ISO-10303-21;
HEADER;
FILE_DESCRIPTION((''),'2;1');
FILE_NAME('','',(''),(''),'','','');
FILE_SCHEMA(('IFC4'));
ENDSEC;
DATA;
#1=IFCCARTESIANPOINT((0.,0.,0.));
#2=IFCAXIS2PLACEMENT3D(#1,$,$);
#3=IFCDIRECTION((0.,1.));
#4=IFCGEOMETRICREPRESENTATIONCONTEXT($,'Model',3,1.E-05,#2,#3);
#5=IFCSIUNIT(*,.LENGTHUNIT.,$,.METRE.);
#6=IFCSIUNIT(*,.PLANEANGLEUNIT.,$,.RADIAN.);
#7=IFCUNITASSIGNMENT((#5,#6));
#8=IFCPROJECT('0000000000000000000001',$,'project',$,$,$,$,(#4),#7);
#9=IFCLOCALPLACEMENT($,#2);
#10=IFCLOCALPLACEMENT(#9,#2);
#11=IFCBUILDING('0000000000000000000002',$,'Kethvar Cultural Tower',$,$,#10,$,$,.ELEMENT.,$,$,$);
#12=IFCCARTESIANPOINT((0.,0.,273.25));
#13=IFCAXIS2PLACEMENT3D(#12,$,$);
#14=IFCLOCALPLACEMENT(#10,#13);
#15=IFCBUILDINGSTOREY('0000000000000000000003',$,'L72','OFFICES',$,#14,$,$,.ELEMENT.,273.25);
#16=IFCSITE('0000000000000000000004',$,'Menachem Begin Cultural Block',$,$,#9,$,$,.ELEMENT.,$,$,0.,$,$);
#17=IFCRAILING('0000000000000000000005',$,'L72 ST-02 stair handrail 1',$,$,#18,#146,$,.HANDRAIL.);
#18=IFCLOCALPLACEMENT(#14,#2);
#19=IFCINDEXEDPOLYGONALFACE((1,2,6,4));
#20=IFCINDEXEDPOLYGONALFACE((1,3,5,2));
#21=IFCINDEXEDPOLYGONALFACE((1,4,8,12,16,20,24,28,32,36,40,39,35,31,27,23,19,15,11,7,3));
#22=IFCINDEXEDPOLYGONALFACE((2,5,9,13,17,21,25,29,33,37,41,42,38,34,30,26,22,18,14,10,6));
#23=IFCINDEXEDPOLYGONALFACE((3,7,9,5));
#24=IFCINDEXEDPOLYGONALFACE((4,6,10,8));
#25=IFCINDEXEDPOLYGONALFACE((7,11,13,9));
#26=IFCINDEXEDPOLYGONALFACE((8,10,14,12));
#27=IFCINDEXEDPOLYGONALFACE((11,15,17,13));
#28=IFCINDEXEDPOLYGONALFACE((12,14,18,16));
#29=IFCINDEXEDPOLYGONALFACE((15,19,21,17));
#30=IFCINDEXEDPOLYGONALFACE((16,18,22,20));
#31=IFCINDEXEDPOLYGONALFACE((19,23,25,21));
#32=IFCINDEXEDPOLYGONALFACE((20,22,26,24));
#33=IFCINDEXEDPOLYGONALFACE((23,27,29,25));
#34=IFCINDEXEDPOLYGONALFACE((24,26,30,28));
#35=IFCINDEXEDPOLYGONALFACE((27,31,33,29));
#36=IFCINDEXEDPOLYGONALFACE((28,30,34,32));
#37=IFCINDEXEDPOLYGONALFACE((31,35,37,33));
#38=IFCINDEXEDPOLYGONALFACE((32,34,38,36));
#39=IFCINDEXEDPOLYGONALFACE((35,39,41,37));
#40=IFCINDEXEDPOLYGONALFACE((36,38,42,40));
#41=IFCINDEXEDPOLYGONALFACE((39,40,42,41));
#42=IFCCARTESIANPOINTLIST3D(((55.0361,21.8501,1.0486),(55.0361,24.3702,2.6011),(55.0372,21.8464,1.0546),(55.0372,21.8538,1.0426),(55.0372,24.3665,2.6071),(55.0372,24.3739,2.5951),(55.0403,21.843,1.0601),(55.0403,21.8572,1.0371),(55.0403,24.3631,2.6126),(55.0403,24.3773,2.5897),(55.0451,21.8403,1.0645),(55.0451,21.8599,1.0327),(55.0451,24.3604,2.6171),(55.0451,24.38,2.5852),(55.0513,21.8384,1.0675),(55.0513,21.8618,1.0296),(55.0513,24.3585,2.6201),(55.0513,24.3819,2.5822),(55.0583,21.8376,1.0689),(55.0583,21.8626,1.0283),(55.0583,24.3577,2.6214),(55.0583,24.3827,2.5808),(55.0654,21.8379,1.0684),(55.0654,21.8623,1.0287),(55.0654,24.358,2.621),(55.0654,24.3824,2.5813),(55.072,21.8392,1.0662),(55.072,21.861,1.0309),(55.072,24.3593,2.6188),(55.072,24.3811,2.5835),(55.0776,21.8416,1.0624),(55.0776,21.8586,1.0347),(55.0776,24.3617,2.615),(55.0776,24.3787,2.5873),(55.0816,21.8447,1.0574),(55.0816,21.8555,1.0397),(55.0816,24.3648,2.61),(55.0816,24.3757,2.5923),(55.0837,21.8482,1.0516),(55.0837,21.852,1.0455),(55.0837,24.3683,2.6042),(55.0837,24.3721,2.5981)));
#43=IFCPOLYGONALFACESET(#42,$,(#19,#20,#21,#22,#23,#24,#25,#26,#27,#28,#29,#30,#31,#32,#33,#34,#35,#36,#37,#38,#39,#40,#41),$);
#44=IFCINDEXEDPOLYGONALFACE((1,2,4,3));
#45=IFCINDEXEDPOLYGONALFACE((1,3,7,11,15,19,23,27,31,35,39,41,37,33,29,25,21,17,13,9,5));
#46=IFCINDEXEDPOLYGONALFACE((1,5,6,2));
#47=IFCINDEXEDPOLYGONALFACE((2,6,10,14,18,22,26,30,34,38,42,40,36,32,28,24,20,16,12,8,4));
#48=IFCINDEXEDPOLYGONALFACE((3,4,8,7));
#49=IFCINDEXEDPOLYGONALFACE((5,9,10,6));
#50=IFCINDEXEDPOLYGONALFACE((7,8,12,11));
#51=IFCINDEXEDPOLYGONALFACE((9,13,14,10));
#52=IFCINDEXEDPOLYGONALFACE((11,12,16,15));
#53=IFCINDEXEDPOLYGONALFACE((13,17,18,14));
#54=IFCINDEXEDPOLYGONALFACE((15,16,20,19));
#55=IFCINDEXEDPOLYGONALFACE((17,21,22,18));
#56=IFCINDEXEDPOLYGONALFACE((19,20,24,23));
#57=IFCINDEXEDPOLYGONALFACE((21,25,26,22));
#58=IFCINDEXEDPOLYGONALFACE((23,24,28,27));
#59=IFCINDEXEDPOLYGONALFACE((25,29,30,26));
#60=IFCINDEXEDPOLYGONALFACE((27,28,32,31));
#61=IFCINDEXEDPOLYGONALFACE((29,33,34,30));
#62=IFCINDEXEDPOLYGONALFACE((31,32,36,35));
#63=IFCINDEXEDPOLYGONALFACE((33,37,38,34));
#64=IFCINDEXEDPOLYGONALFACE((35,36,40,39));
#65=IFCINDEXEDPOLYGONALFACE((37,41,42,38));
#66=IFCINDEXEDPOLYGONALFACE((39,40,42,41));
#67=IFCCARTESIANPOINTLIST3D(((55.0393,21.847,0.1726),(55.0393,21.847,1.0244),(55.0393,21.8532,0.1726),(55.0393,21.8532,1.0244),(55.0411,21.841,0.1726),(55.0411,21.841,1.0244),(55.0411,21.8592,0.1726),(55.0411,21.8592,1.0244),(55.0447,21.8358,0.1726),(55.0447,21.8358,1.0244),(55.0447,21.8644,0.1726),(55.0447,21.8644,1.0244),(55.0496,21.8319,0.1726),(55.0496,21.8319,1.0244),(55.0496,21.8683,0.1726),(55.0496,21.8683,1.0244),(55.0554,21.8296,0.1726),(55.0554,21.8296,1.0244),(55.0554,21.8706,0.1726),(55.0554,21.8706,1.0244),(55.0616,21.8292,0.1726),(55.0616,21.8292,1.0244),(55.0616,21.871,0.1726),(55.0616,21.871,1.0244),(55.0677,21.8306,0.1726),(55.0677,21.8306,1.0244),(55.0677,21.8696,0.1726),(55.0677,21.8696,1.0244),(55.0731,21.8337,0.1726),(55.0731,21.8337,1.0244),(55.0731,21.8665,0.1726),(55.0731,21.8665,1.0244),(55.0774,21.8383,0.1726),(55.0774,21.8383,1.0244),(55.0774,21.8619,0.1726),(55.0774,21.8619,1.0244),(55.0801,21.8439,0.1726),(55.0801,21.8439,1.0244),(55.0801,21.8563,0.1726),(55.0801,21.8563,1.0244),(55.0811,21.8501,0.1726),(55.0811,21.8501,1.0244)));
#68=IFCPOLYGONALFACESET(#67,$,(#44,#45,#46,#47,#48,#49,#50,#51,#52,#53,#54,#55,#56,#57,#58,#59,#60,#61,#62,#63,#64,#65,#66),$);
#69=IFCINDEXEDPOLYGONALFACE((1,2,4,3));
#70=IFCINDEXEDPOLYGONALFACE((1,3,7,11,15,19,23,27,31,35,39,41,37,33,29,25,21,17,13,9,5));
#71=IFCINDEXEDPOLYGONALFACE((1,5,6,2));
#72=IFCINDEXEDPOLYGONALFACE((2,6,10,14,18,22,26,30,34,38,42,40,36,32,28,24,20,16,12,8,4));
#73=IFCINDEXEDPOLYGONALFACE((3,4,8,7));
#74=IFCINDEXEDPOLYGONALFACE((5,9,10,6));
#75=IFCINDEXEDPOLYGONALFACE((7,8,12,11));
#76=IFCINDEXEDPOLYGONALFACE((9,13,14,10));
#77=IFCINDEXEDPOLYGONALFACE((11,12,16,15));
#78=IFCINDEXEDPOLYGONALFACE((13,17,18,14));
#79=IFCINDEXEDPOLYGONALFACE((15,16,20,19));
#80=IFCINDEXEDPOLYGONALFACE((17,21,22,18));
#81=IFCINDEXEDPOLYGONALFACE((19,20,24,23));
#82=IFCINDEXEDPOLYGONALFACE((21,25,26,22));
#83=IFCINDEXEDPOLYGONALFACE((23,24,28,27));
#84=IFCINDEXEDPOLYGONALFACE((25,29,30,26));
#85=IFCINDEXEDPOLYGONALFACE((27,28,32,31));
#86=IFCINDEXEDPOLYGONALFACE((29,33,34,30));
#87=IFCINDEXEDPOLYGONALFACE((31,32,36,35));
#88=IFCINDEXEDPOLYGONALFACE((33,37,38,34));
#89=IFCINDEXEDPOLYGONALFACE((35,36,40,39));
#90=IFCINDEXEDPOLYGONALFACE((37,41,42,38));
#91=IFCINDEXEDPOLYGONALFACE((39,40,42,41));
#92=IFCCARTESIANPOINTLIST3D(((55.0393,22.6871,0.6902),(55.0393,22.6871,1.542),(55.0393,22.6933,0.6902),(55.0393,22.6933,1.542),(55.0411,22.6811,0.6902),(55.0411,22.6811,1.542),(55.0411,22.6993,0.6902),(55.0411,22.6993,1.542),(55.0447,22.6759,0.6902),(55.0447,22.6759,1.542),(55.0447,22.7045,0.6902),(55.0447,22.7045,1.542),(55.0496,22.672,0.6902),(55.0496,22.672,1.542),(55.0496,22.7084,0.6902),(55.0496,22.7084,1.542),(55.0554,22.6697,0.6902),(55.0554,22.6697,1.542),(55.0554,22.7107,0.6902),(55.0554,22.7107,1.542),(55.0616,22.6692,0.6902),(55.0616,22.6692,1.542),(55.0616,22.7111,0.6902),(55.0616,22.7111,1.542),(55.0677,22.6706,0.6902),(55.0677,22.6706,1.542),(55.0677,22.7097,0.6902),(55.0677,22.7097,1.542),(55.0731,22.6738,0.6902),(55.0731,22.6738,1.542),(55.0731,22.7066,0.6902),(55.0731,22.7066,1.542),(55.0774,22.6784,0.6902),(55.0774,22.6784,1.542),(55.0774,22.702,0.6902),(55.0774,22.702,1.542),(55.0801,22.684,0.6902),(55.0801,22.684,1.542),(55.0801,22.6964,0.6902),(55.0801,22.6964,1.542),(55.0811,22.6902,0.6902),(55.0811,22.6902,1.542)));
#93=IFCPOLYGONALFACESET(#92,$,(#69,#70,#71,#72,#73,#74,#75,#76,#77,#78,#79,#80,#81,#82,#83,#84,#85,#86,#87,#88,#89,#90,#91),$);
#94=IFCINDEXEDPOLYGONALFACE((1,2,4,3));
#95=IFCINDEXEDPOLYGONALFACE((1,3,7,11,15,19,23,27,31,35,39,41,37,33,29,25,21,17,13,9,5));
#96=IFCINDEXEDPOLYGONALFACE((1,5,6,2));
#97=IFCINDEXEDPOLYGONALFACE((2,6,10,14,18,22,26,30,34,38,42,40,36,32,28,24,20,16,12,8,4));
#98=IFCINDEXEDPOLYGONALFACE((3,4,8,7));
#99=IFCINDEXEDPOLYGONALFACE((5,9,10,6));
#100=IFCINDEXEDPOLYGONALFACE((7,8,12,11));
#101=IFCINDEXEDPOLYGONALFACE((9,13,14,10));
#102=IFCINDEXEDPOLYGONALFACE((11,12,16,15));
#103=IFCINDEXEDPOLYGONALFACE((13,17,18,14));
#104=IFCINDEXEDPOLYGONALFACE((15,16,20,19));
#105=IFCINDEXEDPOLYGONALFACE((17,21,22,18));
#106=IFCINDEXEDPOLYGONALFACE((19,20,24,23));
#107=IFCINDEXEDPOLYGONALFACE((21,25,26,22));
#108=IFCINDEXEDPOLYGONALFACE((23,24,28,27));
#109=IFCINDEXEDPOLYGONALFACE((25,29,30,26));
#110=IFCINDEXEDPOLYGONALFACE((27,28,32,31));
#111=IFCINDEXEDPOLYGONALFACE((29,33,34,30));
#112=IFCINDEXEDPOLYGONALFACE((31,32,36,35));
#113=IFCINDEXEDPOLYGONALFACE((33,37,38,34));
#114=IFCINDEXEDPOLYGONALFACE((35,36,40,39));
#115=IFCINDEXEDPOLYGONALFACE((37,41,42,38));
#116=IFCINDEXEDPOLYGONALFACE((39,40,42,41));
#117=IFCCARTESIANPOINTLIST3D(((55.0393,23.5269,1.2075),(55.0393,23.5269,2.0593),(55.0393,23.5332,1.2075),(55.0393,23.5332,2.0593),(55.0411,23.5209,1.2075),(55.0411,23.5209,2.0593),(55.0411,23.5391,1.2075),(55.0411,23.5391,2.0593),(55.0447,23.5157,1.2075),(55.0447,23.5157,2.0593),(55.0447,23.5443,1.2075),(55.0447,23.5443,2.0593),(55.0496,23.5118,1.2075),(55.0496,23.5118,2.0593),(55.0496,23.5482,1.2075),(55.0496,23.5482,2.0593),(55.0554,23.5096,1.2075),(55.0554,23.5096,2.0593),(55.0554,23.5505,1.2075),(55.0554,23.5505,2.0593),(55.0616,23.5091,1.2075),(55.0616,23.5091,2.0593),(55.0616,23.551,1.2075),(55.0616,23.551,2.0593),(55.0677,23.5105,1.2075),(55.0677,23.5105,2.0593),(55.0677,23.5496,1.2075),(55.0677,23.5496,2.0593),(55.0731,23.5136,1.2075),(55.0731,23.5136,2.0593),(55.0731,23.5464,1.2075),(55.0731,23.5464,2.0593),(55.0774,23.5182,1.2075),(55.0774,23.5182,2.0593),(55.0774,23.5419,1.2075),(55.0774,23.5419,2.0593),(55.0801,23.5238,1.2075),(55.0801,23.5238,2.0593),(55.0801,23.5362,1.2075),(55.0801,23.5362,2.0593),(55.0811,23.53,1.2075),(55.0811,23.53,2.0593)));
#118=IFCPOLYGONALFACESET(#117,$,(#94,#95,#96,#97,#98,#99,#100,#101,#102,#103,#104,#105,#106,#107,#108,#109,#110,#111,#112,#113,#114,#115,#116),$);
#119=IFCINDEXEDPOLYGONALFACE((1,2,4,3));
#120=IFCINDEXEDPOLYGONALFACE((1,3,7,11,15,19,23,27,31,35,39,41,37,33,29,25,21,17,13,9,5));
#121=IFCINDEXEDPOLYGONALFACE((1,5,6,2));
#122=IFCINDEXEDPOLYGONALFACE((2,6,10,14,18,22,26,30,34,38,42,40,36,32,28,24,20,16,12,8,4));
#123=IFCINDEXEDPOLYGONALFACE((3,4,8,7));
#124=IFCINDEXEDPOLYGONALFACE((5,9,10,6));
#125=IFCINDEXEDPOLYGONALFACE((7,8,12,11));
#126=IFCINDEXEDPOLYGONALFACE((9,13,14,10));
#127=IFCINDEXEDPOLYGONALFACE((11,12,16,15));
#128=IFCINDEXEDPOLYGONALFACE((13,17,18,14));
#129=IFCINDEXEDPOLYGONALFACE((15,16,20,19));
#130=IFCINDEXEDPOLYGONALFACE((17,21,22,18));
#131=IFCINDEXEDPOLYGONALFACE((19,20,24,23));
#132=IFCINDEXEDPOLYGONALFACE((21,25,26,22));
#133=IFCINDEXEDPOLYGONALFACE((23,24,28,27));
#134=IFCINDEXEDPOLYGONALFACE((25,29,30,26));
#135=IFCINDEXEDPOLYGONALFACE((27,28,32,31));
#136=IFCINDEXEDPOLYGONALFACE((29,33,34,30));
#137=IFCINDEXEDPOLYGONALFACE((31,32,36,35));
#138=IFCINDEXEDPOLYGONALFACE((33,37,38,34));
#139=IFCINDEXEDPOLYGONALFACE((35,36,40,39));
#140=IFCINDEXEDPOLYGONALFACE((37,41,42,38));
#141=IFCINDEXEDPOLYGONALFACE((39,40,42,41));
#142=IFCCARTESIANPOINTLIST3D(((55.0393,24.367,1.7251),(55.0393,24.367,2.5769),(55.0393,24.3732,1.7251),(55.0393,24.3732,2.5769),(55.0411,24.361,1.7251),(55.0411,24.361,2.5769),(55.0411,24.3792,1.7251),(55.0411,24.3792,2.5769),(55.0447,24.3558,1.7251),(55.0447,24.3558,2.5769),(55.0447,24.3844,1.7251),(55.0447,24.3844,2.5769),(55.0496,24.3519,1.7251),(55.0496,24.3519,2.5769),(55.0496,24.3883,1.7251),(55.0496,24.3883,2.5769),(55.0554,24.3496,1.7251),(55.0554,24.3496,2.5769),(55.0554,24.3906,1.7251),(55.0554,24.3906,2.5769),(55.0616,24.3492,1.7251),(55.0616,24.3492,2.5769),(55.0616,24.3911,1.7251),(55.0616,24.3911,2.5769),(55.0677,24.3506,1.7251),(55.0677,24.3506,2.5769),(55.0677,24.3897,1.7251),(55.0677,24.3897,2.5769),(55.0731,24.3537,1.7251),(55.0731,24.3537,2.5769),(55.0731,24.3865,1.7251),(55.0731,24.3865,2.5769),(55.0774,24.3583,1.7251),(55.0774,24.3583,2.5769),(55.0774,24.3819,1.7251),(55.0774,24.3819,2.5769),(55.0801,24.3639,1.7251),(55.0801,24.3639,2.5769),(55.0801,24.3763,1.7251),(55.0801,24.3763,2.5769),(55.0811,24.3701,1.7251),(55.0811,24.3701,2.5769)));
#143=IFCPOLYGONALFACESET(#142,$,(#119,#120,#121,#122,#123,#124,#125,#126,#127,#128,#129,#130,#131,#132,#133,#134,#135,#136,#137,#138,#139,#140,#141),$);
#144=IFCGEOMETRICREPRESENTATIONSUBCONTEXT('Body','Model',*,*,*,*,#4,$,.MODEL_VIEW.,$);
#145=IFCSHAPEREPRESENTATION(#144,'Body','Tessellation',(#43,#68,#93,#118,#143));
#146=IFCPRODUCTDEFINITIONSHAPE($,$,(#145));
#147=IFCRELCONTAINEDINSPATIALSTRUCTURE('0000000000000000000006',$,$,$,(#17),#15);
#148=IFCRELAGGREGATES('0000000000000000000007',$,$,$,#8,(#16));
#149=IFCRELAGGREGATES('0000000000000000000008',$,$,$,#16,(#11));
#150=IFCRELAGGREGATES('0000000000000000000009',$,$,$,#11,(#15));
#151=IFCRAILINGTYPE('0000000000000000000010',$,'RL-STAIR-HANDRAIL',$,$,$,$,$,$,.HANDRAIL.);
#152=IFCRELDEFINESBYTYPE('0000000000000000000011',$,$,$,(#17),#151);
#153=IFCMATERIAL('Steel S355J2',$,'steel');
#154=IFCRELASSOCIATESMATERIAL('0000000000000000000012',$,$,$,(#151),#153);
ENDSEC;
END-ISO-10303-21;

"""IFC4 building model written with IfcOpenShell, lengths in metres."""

from ifc_helpers import new_model, si_unit, direction, frame, origin, origin_2d, place, context, subcontext, project, spatial, circle, extrude, material, type_object, element, save


model = new_model("IFC4")

# Units and contexts
model_context = context("Model", 3, precision=1e-05, world=origin(), true_north=direction((0.0, 1.0)))
body_context = subcontext(model_context, "Body", "Model", "MODEL_VIEW")
ifc_project = project(units=[si_unit("LENGTHUNIT", "METRE"), si_unit("PLANEANGLEUNIT", "RADIAN")], contexts=[model_context])

# Site, building, storey
site_placement = place(None, origin())
site = spatial("IfcSite", under=ifc_project, at=site_placement, Name="Menachem Begin Cultural Block", CompositionType="ELEMENT", RefElevation=0.0)
building_placement = place(site_placement, origin())
building = spatial("IfcBuilding", under=site, at=building_placement, Name="Kethvar Cultural Tower", CompositionType="ELEMENT")
storey_placement = place(building_placement, frame((0.0, 0.0, 273.25)))
storey = spatial("IfcBuildingStorey", under=building, at=storey_placement, Name="L72", Description="OFFICES", CompositionType="ELEMENT", Elevation=273.25)

# Shared definitions
ifc_material_1 = material(Name="Steel S355J2", Category="steel")

# Railing
railing_type_1 = type_object("IfcRailingType", Name="RL-STAIR-HANDRAIL", PredefinedType="HANDRAIL", material=ifc_material_1)
railing_1_placement = place(storey_placement, frame((55.0601, 21.8501, 0.1726)))
element("IfcRailing", 1, at=railing_1_placement, inside=storey, type_object=railing_type_1, Name="L72 ST-02 stair handrail 1", PredefinedType="HANDRAIL", context=body_context, shape_type="SweptSolid", body=[
    extrude(circle(Radius=0.0239, at=origin_2d()), frame((0.0, 0.0, 0.876), z_axis=(0.0, 0.8514, 0.524516), x_axis=(-1.0, 0.0, 0.0)), (0.0, 0.0, 1.0), 2.96),
    extrude(circle(Radius=0.021, at=origin_2d()), origin(), (0.0, 0.0, 1.0), 0.8518),
    extrude(circle(Radius=0.021, at=origin_2d()), frame((0.0, 0.8401, 0.5176)), (0.0, 0.0, 1.0), 0.8518),
    extrude(circle(Radius=0.021, at=origin_2d()), frame((0.0, 1.6799, 1.0349)), (0.0, 0.0, 1.0), 0.8518),
    extrude(circle(Radius=0.021, at=origin_2d()), frame((0.0, 2.52, 1.5525)), (0.0, 0.0, 1.0), 0.8518),
])

save(model, "model.ifc")
